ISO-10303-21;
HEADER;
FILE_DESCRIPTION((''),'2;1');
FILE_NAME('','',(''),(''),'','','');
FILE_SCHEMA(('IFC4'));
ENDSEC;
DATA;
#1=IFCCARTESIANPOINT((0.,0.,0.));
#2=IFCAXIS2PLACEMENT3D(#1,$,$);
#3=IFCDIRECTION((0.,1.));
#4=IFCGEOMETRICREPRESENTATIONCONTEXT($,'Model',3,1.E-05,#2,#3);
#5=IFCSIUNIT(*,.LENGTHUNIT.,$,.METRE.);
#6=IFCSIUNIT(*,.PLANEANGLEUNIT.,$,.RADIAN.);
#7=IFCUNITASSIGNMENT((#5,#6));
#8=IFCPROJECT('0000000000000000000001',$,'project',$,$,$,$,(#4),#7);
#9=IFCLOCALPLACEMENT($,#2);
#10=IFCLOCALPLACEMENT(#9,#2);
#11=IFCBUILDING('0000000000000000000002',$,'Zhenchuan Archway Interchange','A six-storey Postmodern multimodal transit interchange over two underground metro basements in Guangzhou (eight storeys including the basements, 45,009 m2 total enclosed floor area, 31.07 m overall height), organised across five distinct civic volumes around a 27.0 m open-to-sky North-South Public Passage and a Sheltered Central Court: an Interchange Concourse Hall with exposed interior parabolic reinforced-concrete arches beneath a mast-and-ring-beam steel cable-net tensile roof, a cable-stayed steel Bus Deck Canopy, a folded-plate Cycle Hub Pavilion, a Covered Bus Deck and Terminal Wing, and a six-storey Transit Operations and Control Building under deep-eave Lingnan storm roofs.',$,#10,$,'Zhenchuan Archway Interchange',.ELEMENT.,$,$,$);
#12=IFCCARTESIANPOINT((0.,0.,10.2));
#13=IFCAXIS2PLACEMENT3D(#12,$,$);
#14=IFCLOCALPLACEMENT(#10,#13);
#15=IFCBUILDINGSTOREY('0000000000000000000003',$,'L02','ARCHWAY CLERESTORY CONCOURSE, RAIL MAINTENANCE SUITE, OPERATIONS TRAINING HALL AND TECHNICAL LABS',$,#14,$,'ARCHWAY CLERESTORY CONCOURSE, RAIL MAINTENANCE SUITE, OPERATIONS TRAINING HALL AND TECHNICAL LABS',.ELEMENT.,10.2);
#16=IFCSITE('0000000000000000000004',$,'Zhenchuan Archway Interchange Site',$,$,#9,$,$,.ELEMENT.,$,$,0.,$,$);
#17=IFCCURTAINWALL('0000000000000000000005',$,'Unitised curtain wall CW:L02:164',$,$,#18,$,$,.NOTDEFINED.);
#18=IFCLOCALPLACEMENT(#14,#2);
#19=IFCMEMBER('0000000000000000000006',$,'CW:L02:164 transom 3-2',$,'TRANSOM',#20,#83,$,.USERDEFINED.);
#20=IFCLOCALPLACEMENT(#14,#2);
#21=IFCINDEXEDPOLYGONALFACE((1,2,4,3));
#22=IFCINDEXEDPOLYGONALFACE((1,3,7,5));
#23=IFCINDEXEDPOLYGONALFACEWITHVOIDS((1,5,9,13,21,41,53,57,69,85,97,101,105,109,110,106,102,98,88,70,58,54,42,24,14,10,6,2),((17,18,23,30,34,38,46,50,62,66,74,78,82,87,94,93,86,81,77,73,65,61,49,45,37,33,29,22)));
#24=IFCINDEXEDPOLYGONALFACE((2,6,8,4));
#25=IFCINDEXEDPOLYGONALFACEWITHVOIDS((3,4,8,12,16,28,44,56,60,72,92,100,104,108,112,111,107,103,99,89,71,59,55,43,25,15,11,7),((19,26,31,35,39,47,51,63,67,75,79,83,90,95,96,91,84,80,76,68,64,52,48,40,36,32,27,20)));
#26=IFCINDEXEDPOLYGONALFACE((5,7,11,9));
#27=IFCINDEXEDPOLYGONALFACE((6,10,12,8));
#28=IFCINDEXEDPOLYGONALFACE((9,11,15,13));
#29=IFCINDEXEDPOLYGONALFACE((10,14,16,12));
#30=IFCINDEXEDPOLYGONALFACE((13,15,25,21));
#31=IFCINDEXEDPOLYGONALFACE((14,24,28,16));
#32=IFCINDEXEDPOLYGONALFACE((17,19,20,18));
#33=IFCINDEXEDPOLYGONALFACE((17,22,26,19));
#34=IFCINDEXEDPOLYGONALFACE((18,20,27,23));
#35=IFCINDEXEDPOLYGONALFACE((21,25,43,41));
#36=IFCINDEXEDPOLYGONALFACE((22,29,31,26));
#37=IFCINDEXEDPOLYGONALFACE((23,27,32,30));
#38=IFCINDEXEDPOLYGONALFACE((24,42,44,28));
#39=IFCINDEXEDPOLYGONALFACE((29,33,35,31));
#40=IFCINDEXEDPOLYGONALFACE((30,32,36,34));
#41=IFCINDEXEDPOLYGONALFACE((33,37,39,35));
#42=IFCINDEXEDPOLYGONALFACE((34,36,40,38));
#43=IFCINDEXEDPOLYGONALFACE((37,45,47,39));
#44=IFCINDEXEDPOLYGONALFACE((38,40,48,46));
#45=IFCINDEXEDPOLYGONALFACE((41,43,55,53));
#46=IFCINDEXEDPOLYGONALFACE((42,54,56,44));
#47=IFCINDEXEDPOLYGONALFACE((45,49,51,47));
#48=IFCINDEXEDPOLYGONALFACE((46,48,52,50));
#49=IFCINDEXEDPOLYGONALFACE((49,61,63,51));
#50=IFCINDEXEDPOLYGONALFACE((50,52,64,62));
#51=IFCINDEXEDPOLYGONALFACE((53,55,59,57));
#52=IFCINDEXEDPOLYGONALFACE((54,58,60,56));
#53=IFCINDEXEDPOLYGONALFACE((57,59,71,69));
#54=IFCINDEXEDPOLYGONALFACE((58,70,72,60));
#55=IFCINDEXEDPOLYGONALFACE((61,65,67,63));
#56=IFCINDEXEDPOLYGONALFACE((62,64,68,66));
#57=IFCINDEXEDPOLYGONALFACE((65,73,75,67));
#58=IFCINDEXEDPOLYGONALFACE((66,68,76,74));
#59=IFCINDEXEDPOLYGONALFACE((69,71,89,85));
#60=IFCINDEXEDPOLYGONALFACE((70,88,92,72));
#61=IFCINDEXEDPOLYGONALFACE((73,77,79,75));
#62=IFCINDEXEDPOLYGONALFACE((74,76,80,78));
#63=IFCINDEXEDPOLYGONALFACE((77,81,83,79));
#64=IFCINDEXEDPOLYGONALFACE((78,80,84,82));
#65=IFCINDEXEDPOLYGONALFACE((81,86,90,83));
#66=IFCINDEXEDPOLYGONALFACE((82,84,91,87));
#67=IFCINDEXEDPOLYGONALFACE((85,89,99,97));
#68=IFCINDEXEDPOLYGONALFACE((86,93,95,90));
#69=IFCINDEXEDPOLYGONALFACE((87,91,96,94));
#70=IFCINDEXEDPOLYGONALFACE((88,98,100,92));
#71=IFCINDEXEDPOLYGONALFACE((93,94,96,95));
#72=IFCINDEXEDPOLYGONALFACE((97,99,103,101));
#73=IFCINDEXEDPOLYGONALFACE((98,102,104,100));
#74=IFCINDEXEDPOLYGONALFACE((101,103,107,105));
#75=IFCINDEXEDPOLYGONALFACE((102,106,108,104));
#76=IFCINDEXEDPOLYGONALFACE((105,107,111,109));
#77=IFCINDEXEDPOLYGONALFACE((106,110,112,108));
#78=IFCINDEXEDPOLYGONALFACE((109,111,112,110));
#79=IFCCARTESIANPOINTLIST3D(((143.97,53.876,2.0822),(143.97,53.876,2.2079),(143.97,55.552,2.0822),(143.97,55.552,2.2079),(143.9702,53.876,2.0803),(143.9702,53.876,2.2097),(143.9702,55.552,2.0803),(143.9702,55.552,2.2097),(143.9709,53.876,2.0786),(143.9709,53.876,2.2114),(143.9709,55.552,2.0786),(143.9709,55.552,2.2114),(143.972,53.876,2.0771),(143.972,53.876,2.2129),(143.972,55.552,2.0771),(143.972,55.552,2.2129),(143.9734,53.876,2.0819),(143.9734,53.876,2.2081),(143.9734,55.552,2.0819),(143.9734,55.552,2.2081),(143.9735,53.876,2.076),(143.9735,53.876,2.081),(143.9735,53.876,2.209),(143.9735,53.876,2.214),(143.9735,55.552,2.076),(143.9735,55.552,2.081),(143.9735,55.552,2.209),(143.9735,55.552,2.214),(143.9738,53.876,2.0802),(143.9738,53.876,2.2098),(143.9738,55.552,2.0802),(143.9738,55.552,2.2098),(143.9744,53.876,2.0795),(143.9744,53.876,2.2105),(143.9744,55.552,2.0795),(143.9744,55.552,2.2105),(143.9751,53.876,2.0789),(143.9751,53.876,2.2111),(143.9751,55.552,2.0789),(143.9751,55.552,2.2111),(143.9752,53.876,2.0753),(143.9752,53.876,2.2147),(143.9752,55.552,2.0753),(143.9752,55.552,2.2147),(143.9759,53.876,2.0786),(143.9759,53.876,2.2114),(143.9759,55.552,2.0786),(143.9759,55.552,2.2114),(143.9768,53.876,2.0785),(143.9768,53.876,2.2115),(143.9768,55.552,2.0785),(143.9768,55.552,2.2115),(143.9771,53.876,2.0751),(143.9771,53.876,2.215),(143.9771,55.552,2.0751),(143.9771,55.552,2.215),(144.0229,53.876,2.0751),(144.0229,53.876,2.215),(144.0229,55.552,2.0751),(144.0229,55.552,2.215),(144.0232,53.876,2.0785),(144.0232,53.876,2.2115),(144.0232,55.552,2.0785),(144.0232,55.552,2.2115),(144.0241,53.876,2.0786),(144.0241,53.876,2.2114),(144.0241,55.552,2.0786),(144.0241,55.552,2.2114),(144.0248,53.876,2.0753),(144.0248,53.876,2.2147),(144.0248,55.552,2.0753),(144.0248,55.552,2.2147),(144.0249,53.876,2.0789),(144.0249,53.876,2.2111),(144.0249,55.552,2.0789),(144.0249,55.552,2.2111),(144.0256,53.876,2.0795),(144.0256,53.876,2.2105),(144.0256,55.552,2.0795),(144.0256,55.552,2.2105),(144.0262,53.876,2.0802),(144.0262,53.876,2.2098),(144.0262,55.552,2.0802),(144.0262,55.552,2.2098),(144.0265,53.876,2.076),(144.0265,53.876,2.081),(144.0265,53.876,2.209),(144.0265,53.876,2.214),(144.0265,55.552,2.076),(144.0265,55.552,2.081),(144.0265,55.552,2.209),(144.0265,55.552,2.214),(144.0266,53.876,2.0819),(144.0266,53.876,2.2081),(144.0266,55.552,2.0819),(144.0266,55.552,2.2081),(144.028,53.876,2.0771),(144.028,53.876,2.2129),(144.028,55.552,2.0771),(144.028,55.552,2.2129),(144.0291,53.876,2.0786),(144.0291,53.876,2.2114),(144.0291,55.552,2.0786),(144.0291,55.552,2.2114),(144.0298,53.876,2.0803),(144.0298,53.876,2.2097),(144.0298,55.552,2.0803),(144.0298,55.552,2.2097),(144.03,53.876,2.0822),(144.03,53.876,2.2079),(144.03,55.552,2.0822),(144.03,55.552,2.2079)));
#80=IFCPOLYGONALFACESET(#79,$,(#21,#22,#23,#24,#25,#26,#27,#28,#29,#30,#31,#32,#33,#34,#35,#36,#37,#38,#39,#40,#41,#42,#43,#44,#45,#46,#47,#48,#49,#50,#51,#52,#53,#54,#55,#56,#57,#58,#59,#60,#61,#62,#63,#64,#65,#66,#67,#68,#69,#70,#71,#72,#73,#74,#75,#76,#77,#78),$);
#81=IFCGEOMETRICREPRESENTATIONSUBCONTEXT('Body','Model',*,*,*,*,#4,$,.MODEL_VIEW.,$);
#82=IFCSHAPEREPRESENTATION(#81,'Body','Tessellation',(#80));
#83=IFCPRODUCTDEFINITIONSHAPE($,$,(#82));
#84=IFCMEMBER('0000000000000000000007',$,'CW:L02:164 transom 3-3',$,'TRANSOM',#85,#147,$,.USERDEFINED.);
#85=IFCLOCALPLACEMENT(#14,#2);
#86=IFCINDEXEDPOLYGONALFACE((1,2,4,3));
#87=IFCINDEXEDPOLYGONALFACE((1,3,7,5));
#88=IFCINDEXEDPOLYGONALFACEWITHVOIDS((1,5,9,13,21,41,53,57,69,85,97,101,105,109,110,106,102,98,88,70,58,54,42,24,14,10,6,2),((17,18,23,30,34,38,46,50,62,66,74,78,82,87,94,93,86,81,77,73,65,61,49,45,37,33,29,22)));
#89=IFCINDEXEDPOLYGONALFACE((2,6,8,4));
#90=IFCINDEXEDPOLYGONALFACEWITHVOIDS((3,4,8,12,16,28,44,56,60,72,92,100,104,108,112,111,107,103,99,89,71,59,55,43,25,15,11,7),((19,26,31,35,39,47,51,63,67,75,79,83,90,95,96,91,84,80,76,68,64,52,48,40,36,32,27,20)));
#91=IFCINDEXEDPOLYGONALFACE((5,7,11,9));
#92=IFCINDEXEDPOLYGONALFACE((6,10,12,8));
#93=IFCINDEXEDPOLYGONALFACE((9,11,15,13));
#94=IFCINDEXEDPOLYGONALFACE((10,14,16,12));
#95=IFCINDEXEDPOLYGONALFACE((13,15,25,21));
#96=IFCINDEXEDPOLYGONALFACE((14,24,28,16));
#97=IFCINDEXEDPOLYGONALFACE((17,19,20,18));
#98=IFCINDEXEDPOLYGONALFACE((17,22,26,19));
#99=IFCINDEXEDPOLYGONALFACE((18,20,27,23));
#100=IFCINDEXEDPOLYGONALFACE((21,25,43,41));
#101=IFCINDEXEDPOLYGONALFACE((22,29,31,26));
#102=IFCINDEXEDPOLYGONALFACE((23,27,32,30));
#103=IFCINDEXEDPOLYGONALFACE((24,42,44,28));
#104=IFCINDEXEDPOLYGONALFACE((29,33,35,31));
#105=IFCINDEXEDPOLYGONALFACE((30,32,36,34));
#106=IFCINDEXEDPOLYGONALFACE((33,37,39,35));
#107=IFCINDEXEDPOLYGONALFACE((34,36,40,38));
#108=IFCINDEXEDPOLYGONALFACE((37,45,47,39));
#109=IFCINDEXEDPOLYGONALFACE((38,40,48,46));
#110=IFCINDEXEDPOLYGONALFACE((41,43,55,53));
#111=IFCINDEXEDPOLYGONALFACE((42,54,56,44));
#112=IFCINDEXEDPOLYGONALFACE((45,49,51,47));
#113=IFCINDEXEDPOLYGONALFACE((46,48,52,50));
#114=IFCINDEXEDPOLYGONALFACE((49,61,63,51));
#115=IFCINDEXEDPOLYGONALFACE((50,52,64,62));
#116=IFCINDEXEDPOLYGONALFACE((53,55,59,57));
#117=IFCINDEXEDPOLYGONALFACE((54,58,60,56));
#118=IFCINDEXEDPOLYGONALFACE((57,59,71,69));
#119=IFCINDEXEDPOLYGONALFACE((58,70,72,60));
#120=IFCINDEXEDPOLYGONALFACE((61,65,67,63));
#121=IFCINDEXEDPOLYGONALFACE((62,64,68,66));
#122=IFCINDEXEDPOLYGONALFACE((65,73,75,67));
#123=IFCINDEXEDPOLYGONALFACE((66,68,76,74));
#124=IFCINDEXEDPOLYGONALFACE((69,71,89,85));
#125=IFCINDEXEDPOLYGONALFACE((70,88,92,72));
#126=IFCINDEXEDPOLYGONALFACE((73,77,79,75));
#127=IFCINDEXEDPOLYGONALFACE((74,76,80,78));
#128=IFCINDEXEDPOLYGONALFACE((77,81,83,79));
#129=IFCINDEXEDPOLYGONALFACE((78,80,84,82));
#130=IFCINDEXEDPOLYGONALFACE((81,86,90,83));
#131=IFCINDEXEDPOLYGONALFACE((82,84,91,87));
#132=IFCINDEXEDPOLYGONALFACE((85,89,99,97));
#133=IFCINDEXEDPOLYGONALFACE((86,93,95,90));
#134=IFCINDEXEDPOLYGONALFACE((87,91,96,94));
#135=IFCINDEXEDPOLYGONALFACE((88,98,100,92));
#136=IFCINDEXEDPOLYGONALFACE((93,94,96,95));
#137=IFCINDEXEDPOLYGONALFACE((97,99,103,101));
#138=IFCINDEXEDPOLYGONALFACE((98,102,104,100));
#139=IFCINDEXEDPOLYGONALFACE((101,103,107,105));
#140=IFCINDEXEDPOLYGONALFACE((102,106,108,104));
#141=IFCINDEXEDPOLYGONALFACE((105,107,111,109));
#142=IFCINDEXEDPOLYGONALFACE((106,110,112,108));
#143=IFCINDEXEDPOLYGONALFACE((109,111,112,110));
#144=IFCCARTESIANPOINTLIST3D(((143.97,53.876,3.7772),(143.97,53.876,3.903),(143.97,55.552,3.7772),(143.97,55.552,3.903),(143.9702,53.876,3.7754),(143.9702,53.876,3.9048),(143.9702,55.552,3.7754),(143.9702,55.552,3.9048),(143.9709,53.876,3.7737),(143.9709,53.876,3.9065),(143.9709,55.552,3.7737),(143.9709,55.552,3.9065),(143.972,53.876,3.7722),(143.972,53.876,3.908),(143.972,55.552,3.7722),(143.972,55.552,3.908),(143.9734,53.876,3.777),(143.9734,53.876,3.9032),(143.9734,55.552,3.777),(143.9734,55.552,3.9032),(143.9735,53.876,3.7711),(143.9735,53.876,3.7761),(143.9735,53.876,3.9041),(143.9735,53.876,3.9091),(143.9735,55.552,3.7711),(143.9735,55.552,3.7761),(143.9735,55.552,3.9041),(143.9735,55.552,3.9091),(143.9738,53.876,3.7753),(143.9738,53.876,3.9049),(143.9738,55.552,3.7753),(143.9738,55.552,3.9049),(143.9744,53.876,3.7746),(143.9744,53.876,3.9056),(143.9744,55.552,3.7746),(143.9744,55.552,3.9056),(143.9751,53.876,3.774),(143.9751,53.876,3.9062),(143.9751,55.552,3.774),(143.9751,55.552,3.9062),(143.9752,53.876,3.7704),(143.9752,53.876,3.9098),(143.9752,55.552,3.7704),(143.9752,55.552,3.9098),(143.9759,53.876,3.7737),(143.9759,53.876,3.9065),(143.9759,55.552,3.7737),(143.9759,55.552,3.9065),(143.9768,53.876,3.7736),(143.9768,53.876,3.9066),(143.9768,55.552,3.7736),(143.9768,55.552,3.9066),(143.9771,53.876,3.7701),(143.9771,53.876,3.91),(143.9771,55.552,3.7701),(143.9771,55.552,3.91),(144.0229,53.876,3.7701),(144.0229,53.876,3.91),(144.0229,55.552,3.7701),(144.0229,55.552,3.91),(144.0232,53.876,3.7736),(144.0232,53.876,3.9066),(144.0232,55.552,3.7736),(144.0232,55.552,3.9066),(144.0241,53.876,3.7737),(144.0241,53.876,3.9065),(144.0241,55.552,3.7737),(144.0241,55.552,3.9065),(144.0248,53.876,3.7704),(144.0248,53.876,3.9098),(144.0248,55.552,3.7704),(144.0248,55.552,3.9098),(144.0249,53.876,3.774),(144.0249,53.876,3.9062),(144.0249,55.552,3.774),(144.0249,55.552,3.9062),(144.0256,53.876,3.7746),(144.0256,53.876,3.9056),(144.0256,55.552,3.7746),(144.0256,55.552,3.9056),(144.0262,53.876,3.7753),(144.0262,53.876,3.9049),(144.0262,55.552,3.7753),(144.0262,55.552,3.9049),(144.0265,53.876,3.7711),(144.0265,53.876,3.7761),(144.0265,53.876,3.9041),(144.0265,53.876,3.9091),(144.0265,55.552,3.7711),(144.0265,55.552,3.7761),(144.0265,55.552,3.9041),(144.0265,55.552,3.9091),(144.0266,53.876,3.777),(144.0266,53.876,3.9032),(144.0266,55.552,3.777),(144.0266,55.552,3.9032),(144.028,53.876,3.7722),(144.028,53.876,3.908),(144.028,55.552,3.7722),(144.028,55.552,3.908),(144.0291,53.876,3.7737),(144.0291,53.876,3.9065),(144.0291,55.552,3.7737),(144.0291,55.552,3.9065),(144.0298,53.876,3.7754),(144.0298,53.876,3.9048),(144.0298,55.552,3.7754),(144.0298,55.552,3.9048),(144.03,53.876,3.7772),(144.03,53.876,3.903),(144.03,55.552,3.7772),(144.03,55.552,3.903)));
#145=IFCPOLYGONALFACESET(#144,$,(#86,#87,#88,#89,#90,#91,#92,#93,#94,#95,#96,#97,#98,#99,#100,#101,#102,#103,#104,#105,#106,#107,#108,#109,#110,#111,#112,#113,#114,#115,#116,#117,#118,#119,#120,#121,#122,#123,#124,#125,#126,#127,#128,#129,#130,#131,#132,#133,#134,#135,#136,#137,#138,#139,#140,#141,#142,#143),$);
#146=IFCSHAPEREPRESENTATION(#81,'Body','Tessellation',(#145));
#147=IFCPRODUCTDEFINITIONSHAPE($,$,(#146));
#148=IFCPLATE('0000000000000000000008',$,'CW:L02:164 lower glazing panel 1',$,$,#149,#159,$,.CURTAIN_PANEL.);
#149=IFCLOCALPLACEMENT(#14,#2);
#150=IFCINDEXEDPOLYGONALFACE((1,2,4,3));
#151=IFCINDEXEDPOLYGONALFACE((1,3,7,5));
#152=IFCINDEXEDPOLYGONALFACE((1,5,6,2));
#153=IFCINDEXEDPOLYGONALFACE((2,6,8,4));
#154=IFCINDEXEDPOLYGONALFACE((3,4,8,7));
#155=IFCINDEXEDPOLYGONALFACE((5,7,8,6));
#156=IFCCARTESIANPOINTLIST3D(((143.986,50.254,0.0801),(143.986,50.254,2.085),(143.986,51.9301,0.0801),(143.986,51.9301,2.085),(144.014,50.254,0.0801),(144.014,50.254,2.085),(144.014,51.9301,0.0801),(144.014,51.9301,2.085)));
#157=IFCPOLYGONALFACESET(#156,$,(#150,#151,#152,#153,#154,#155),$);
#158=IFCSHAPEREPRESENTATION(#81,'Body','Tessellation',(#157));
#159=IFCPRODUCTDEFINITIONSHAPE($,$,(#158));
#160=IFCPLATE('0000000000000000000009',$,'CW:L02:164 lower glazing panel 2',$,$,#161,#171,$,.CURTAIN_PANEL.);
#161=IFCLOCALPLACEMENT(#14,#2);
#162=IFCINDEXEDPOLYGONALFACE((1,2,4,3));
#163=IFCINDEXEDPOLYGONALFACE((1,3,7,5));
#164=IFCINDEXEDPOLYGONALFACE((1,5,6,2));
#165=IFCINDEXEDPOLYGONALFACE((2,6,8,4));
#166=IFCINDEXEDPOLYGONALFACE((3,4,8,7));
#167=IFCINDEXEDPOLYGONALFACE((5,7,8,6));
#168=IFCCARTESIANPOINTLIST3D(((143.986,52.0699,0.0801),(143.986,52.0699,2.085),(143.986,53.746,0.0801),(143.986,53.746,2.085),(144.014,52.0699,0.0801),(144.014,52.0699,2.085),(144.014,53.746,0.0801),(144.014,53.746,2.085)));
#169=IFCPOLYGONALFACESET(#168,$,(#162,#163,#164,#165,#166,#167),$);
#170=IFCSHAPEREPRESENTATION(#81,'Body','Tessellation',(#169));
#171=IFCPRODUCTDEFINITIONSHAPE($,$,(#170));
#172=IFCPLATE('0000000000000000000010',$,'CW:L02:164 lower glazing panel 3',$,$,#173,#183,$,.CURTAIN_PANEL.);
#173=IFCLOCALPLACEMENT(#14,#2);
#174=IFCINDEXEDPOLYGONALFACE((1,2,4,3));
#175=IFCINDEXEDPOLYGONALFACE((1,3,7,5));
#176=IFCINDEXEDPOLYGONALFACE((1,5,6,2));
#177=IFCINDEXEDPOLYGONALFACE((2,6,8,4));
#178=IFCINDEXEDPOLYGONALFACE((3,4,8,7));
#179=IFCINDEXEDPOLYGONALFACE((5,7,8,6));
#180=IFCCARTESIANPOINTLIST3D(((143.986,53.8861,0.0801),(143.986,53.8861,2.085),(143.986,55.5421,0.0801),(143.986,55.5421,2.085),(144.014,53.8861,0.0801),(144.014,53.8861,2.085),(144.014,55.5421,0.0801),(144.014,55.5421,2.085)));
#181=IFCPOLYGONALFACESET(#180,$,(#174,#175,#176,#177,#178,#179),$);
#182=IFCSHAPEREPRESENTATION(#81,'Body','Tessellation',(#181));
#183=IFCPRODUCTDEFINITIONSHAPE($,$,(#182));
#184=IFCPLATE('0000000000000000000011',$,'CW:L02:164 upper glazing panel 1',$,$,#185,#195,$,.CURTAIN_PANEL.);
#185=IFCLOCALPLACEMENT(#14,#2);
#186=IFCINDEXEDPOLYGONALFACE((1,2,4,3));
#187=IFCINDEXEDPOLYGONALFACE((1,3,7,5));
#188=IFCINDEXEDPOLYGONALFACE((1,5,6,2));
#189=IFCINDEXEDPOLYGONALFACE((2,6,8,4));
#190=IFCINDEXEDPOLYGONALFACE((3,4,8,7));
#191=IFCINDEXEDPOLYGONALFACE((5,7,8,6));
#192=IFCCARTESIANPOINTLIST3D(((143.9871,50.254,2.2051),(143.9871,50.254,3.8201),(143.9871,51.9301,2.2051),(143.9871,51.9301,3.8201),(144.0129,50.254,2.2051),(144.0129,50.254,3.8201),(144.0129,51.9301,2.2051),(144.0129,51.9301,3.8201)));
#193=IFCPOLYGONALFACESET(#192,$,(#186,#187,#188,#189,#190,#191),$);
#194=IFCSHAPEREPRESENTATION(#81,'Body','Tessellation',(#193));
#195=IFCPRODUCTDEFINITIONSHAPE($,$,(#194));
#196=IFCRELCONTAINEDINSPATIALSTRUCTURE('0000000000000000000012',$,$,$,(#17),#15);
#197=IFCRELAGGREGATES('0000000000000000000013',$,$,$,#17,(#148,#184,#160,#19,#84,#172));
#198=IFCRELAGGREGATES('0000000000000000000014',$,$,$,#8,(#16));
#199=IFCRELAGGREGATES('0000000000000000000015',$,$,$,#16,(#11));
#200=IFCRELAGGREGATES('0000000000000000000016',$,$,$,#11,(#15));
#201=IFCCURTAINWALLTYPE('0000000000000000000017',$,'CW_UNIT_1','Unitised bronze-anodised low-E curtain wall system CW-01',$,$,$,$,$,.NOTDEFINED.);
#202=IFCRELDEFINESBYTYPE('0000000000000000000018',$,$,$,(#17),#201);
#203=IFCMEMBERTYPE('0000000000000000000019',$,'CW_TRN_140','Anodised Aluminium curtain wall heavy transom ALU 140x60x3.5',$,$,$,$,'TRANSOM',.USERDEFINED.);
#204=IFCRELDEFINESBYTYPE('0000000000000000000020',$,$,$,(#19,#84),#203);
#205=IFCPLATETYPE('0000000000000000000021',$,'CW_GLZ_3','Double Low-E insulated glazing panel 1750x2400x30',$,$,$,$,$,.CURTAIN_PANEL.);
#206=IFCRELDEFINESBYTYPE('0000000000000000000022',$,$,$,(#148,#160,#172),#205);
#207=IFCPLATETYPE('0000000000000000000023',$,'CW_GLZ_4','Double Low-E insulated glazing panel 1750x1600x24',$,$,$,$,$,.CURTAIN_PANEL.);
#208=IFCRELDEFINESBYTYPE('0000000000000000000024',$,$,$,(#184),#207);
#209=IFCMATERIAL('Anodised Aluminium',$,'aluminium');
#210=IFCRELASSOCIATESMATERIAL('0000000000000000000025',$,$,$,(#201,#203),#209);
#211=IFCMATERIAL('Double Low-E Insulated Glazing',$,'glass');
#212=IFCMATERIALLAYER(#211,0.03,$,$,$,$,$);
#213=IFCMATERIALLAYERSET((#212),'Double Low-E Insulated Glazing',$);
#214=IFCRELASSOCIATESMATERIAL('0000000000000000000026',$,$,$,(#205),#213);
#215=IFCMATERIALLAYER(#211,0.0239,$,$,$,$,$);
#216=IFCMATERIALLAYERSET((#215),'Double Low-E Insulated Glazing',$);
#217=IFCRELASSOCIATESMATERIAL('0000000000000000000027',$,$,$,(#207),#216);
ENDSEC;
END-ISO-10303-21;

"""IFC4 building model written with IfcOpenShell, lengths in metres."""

from ifc_helpers import new_model, si_unit, direction, frame, origin, origin_2d, place, context, subcontext, project, spatial, rectangle, hollow_rectangle, extrude, material, layer, layer_set, material_profile, profile_set, type_object, element, aggregate, save


model = new_model("IFC4")

# Units and contexts
model_context = context("Model", 3, precision=1e-05, world=origin(), true_north=direction((0.0, 1.0)))
body_context = subcontext(model_context, "Body", "Model", "MODEL_VIEW")
ifc_project = project(units=[si_unit("LENGTHUNIT", "METRE"), si_unit("PLANEANGLEUNIT", "RADIAN")], contexts=[model_context])

# Site, building, storey
site_placement = place(None, origin())
site = spatial("IfcSite", under=ifc_project, at=site_placement, Name="Zhenchuan Archway Interchange Site", CompositionType="ELEMENT", RefElevation=0.0)
building_placement = place(site_placement, origin())
building = spatial("IfcBuilding", under=site, at=building_placement, Name="Zhenchuan Archway Interchange", Description="A six-storey Postmodern multimodal transit interchange over two underground metro basements in Guangzhou (eight storeys including the basements, 45,009 m2 total enclosed floor area, 31.07 m overall height), organised across five distinct civic volumes around a 27.0 m open-to-sky North-South Public Passage and a Sheltered Central Court: an Interchange Concourse Hall with exposed interior parabolic reinforced-concrete arches beneath a mast-and-ring-beam steel cable-net tensile roof, a cable-stayed steel Bus Deck Canopy, a folded-plate Cycle Hub Pavilion, a Covered Bus Deck and Terminal Wing, and a six-storey Transit Operations and Control Building under deep-eave Lingnan storm roofs.", LongName="Zhenchuan Archway Interchange", CompositionType="ELEMENT")
storey_placement = place(building_placement, frame((0.0, 0.0, 10.2)))
storey = spatial("IfcBuildingStorey", under=building, at=storey_placement, Name="L02", Description="ARCHWAY CLERESTORY CONCOURSE, RAIL MAINTENANCE SUITE, OPERATIONS TRAINING HALL AND TECHNICAL LABS", LongName="ARCHWAY CLERESTORY CONCOURSE, RAIL MAINTENANCE SUITE, OPERATIONS TRAINING HALL AND TECHNICAL LABS", CompositionType="ELEMENT", Elevation=10.2)

# Curtain wall, members, plates
ifc_material_1 = material(Name="Anodised Aluminium", Category="aluminium")
curtain_wall_type = type_object("IfcCurtainWallType", Name="CW_UNIT_1", Description="Unitised bronze-anodised low-E curtain wall system CW-01", PredefinedType="NOTDEFINED", material=ifc_material_1)
curtain_wall_placement = place(storey_placement, origin())
curtain_wall = element("IfcCurtainWall", 1, at=curtain_wall_placement, inside=storey, type_object=curtain_wall_type, Name="Unitised curtain wall CW:L02:164", PredefinedType="NOTDEFINED")
ifc_material_profile_1 = material_profile(ifc_material_1, hollow_rectangle(XDim=0.0601, YDim=0.1399, WallThickness=0.0034, InnerFilletRadius=0.0034, OuterFilletRadius=0.0071, at=origin_2d()), Name="ALU 140x60x3.5")
ifc_profile_set_1 = profile_set([ifc_material_profile_1], Name="Anodised Aluminium")
member_type_1 = type_object("IfcMemberType", Name="CW_TRN_140", Description="Anodised Aluminium curtain wall heavy transom ALU 140x60x3.5", ElementType="TRANSOM", PredefinedType="USERDEFINED", material=ifc_profile_set_1)
member_1_placement = place(storey_placement, frame((144.0, 53.876, 2.145), z_axis=(0.0, 1.0, 0.0), x_axis=(-1.0, 0.0, 0.0)))
member_1 = element("IfcMember", 2, at=member_1_placement, type_object=member_type_1, Name="CW:L02:164 transom 3-2", ObjectType="TRANSOM", PredefinedType="USERDEFINED", context=body_context, shape_type="SweptSolid", body=[
    extrude(hollow_rectangle(XDim=0.0601, YDim=0.1399, WallThickness=0.0034, InnerFilletRadius=0.0034, OuterFilletRadius=0.0071, at=origin_2d()), origin(), (0.0, 0.0, 1.0), 1.676),
])
member_2_placement = place(storey_placement, frame((144.0, 53.876, 3.8401), z_axis=(0.0, 1.0, 0.0), x_axis=(-1.0, 0.0, 0.0)))
member_2 = element("IfcMember", 3, at=member_2_placement, type_object=member_type_1, Name="CW:L02:164 transom 3-3", ObjectType="TRANSOM", PredefinedType="USERDEFINED", context=body_context, shape_type="SweptSolid", body=[
    extrude(hollow_rectangle(XDim=0.0601, YDim=0.1399, WallThickness=0.0034, InnerFilletRadius=0.0034, OuterFilletRadius=0.0071, at=origin_2d()), origin(), (0.0, 0.0, 1.0), 1.676),
])
ifc_material_2 = material(Name="Double Low-E Insulated Glazing", Category="glass")
ifc_layer_1 = layer(ifc_material_2, 0.03)
ifc_layer_set_1 = layer_set([ifc_layer_1], Name="Double Low-E Insulated Glazing")
plate_type_1 = type_object("IfcPlateType", Name="CW_GLZ_3", Description="Double Low-E insulated glazing panel 1750x2400x30", PredefinedType="CURTAIN_PANEL", material=ifc_layer_set_1)
plate_1_placement = place(storey_placement, frame((144.0, 51.092, 0.0801), z_axis=(0.0, 0.0, 1.0), x_axis=(0.0, 1.0, 0.0)))
plate_1 = element("IfcPlate", 4, at=plate_1_placement, type_object=plate_type_1, Name="CW:L02:164 lower glazing panel 1", PredefinedType="CURTAIN_PANEL", context=body_context, shape_type="SweptSolid", body=[
    extrude(rectangle(XDim=1.676, YDim=0.0281, at=origin_2d()), origin(), (0.0, 0.0, 1.0), 2.0049),
])
plate_2_placement = place(storey_placement, frame((144.0, 52.908, 0.0801), z_axis=(0.0, 0.0, 1.0), x_axis=(0.0, 1.0, 0.0)))
plate_2 = element("IfcPlate", 5, at=plate_2_placement, type_object=plate_type_1, Name="CW:L02:164 lower glazing panel 2", PredefinedType="CURTAIN_PANEL", context=body_context, shape_type="SweptSolid", body=[
    extrude(rectangle(XDim=1.676, YDim=0.0281, at=origin_2d()), origin(), (0.0, 0.0, 1.0), 2.0049),
])
plate_3_placement = place(storey_placement, frame((144.0, 54.7141, 0.0801), z_axis=(0.0, 0.0, 1.0), x_axis=(0.0, 1.0, 0.0)))
plate_3 = element("IfcPlate", 6, at=plate_3_placement, type_object=plate_type_1, Name="CW:L02:164 lower glazing panel 3", PredefinedType="CURTAIN_PANEL", context=body_context, shape_type="SweptSolid", body=[
    extrude(rectangle(XDim=1.656, YDim=0.0281, at=origin_2d()), origin(), (0.0, 0.0, 1.0), 2.0049),
])
ifc_layer_2 = layer(ifc_material_2, 0.0239)
ifc_layer_set_2 = layer_set([ifc_layer_2], Name="Double Low-E Insulated Glazing")
plate_type_2 = type_object("IfcPlateType", Name="CW_GLZ_4", Description="Double Low-E insulated glazing panel 1750x1600x24", PredefinedType="CURTAIN_PANEL", material=ifc_layer_set_2)
plate_4_placement = place(storey_placement, frame((144.0, 51.092, 2.2051), z_axis=(0.0, 0.0, 1.0), x_axis=(0.0, 1.0, 0.0)))
plate_4 = element("IfcPlate", 7, at=plate_4_placement, type_object=plate_type_2, Name="CW:L02:164 upper glazing panel 1", PredefinedType="CURTAIN_PANEL", context=body_context, shape_type="SweptSolid", body=[
    extrude(rectangle(XDim=1.676, YDim=0.0259, at=origin_2d()), origin(), (0.0, 0.0, 1.0), 1.615),
])
aggregate(curtain_wall, [plate_1, plate_4, plate_2, member_1, member_2, plate_3])

save(model, "model.ifc")
